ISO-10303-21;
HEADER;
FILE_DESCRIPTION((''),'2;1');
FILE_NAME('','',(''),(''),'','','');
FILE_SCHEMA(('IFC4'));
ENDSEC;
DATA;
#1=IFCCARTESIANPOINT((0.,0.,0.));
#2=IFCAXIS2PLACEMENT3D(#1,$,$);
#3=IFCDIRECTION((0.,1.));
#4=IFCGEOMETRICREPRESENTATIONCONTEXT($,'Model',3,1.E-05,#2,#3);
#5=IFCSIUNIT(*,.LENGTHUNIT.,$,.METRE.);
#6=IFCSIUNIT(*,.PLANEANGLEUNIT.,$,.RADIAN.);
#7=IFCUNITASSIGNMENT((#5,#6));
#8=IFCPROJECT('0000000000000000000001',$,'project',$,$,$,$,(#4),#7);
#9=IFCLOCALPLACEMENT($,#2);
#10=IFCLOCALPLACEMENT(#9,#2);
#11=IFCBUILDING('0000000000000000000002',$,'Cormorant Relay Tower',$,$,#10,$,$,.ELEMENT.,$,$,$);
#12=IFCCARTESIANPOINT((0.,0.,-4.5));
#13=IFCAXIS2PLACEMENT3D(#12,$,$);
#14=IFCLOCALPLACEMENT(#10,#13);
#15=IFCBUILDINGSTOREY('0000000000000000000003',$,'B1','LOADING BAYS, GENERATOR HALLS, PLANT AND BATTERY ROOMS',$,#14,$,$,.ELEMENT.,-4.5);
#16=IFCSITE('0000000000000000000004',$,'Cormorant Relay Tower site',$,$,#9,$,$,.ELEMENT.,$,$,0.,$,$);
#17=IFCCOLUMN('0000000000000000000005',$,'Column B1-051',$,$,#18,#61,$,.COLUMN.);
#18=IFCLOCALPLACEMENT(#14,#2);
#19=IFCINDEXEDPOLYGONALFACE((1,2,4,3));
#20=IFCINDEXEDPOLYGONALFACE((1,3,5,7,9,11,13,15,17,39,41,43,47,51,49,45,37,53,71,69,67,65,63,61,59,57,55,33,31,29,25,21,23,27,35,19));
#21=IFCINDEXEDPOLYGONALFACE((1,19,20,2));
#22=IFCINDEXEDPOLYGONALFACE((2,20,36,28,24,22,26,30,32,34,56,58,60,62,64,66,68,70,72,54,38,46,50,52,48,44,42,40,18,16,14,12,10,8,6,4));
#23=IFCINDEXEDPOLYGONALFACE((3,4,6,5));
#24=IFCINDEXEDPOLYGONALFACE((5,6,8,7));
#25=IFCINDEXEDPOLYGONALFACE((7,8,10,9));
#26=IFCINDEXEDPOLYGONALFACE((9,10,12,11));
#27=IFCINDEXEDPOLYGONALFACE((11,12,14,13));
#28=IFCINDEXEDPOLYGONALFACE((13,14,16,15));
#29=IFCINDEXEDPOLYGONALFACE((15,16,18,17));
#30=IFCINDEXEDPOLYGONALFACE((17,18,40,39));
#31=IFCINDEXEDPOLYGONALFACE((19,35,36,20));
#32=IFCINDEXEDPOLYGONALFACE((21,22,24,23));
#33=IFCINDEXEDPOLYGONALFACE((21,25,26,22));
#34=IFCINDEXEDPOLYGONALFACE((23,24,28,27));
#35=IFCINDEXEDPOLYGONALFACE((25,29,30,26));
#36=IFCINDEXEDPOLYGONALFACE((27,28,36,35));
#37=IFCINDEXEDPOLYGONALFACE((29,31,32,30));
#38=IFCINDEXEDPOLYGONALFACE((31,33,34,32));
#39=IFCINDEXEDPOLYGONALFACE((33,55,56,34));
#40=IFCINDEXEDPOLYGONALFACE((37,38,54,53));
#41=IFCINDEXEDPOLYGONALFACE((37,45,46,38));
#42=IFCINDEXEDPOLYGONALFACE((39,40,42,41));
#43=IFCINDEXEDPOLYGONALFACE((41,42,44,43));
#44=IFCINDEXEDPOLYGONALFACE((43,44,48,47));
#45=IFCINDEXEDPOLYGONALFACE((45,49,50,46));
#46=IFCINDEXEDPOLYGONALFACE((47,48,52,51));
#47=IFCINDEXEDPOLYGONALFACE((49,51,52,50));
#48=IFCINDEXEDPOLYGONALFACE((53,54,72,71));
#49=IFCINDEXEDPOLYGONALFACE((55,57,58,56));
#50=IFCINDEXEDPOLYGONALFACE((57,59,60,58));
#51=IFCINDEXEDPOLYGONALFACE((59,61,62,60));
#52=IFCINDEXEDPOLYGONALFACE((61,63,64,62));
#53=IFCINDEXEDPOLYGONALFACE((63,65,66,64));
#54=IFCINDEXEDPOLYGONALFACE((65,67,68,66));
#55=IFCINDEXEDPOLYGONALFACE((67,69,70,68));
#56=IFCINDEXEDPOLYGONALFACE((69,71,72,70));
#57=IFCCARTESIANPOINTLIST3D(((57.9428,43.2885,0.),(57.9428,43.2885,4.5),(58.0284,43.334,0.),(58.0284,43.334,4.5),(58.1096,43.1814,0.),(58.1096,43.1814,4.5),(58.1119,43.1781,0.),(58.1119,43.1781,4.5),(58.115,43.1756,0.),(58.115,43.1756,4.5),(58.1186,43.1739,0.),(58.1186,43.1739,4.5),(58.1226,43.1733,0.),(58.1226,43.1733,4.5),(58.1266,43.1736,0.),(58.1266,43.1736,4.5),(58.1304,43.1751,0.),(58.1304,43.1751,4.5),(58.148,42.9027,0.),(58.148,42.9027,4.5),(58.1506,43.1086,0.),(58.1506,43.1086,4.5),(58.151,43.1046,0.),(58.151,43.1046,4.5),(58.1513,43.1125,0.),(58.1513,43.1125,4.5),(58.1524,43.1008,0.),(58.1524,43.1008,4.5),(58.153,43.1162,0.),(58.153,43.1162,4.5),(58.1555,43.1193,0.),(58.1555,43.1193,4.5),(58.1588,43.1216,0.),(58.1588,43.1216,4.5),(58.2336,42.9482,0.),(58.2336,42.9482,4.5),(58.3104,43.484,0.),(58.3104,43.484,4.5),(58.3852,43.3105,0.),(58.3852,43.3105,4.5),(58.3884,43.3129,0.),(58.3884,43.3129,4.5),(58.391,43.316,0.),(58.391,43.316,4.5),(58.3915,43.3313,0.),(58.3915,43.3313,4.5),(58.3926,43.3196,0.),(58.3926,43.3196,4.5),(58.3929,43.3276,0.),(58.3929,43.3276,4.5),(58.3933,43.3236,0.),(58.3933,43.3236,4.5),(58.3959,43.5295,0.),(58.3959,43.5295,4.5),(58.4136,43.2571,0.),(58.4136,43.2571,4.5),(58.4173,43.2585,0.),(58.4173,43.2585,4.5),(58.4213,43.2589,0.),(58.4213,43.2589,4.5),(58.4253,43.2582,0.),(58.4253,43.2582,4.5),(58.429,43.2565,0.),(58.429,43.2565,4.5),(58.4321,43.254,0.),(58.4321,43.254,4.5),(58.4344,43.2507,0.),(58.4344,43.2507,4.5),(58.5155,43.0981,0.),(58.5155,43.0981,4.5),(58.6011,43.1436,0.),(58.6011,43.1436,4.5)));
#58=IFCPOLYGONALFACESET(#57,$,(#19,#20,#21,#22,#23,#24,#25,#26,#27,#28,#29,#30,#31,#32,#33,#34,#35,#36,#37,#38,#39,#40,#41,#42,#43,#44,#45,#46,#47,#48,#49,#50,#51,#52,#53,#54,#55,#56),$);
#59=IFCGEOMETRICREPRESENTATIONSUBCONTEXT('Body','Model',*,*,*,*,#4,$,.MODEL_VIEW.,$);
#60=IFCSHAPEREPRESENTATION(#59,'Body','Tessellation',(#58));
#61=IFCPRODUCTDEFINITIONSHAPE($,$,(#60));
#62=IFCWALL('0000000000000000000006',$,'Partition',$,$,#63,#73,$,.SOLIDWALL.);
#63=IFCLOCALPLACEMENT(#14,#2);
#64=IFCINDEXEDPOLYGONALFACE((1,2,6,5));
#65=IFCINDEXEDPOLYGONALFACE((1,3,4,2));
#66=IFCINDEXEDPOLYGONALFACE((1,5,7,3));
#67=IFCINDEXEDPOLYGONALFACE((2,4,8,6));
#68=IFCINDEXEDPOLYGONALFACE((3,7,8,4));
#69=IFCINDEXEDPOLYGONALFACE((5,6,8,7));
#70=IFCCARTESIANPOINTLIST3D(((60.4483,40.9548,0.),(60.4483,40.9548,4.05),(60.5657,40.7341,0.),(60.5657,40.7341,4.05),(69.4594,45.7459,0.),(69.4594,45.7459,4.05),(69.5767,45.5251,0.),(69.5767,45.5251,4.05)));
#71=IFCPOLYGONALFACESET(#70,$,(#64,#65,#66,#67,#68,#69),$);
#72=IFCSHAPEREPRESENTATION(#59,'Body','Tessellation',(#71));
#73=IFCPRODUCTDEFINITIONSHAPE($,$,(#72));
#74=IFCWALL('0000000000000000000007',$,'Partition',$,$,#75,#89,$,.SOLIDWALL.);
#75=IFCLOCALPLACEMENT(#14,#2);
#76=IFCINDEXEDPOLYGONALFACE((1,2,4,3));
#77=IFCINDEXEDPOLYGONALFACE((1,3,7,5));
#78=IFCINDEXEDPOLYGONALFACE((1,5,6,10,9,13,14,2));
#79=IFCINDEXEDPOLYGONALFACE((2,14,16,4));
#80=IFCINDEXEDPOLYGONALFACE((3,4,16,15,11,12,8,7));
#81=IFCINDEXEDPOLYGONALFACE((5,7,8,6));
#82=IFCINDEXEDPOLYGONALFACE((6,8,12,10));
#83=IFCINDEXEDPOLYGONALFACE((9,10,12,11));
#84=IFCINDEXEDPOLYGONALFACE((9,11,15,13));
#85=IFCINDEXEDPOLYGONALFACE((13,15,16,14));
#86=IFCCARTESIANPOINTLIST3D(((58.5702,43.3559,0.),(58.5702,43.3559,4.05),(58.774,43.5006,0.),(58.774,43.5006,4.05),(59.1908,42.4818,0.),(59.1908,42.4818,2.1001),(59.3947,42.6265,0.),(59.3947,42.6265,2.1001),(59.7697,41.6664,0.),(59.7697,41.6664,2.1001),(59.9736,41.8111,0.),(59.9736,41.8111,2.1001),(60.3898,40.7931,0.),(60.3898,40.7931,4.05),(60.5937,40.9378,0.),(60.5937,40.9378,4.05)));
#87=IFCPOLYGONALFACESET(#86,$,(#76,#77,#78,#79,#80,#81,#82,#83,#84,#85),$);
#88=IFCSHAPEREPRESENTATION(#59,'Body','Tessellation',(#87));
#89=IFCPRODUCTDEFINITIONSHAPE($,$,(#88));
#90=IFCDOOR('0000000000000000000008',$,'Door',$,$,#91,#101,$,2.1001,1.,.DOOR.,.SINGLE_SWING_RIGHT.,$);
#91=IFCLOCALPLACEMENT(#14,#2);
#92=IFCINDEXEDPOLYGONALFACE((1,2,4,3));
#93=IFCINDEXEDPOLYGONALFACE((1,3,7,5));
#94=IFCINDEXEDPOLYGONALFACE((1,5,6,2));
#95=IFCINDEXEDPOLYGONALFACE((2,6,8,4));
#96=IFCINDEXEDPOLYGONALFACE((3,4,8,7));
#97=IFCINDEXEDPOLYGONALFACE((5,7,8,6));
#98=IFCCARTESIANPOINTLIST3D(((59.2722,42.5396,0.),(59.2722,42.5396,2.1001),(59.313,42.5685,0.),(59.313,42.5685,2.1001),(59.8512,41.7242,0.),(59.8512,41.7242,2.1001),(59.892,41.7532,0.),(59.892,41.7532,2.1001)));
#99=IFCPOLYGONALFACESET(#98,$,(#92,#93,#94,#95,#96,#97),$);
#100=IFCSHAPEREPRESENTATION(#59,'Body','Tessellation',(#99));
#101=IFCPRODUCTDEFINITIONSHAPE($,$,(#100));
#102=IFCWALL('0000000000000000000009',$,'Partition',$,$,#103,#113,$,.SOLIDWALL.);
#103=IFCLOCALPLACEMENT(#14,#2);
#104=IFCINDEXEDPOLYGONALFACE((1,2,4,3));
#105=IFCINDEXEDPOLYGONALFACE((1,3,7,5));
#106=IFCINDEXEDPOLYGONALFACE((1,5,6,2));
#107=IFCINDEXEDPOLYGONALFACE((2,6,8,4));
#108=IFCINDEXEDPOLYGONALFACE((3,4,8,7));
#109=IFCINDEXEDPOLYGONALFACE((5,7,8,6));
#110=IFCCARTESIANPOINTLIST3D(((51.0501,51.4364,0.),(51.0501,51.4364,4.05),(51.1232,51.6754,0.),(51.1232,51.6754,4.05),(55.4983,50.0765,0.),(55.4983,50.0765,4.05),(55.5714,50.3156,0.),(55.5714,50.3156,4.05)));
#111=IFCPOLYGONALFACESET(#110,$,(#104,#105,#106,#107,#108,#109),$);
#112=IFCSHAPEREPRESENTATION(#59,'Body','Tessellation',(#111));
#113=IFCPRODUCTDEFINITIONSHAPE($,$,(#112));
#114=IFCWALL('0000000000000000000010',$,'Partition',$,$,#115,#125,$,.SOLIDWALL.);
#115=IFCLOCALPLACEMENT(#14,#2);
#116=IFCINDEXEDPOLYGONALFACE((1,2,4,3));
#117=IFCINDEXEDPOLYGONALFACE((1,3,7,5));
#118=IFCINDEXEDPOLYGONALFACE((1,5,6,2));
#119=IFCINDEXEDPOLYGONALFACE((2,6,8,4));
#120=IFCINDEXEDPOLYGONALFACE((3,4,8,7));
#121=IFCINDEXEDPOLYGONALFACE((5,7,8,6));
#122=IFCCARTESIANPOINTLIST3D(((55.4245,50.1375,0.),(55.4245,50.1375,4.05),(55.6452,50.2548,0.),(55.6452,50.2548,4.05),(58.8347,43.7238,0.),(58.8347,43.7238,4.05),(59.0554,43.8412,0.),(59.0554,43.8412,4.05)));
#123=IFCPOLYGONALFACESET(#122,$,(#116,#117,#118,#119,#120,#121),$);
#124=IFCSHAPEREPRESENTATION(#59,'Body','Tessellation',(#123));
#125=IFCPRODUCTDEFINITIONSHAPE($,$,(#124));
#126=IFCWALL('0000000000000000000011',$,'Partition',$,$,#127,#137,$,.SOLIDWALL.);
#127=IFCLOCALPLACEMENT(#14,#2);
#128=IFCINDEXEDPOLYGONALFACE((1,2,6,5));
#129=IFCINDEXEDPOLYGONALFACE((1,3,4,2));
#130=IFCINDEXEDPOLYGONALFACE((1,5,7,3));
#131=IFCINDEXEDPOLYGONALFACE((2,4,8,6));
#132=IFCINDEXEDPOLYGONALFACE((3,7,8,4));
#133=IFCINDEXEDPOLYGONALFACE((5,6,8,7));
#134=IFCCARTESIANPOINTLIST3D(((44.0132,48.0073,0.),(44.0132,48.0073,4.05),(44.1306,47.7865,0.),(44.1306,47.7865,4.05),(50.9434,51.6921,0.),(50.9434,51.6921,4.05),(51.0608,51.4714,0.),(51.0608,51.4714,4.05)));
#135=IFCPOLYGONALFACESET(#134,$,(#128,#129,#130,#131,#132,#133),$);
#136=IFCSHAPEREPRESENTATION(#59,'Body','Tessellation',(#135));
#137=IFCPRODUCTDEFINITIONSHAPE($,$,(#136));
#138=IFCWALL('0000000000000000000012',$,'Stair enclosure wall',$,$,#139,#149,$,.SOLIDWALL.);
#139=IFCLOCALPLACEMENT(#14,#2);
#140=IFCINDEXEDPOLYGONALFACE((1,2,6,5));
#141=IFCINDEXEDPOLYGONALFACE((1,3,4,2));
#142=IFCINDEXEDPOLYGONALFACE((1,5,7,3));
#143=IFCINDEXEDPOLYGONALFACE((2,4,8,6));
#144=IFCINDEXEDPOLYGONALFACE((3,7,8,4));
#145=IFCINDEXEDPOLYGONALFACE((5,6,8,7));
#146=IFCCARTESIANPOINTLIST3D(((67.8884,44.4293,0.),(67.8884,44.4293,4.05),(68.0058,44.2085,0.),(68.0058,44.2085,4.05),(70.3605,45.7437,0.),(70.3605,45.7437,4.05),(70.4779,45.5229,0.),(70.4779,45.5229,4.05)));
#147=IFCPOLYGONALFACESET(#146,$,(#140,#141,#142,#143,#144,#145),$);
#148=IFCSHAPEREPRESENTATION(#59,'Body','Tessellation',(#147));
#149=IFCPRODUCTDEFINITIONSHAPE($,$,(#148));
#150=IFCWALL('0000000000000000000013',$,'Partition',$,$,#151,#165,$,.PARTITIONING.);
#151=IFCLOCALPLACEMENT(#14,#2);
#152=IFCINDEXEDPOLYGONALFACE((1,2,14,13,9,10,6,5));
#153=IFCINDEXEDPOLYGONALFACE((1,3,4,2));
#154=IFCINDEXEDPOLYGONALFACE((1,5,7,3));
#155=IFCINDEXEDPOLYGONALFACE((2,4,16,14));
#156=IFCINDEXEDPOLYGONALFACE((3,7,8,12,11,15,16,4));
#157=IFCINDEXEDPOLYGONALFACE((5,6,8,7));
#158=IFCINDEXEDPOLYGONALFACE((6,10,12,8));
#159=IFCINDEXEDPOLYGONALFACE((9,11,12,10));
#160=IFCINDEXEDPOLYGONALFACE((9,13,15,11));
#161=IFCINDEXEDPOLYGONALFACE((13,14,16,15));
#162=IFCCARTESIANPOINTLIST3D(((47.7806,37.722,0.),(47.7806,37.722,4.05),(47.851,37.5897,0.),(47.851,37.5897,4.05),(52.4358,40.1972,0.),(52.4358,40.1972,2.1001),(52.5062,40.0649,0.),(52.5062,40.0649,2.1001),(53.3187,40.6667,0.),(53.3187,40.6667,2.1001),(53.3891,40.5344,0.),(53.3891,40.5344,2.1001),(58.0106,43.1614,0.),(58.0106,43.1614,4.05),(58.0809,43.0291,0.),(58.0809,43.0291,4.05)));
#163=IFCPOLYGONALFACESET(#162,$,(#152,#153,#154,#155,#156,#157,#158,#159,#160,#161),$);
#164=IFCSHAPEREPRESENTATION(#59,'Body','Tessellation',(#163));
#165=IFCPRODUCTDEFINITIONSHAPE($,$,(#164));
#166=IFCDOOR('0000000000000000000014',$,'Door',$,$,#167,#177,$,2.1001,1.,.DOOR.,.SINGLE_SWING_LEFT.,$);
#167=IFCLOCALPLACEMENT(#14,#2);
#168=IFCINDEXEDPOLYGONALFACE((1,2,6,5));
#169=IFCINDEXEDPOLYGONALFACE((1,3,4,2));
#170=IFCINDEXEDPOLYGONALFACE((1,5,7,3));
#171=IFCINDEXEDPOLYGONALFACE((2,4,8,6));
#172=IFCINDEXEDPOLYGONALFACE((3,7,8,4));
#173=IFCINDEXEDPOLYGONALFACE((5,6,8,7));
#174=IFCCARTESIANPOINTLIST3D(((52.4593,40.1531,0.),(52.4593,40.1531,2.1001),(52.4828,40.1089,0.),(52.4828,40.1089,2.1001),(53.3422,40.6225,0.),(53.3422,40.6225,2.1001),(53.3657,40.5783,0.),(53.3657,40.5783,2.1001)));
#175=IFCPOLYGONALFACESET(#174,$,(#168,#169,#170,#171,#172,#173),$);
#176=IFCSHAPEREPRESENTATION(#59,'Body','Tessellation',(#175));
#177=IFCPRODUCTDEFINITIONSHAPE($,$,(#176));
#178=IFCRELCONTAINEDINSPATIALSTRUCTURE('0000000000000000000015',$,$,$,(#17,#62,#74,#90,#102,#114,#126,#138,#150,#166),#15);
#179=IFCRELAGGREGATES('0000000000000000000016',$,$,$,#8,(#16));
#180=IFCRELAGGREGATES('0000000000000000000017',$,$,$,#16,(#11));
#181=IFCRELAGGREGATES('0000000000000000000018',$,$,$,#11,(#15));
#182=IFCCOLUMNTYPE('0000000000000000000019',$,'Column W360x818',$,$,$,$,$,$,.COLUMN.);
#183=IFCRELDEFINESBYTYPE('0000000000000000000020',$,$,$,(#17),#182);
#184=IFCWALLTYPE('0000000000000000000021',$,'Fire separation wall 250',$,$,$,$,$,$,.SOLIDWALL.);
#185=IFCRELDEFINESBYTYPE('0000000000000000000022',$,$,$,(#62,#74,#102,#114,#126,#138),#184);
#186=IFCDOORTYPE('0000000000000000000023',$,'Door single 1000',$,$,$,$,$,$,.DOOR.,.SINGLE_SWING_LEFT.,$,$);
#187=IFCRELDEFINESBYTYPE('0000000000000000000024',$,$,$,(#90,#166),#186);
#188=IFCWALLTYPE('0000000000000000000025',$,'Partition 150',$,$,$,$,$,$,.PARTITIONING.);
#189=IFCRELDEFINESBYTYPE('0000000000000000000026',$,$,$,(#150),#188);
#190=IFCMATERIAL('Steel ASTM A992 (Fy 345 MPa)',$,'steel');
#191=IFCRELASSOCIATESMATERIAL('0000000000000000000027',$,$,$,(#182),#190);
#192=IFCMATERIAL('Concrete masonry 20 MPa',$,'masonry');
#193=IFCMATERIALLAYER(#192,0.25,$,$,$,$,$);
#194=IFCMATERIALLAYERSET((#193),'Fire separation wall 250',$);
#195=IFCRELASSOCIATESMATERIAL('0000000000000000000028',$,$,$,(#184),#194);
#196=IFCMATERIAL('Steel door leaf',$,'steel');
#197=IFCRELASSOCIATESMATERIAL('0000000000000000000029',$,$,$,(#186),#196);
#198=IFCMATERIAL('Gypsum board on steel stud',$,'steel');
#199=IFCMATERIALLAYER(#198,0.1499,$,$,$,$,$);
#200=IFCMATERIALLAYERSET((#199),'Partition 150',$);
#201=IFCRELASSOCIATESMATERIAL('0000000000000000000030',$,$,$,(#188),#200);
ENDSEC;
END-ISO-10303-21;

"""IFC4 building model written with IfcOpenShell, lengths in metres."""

from ifc_helpers import new_model, si_unit, direction, frame, frame_2d, origin, origin_2d, place, context, subcontext, project, spatial, rectangle, i_section, extrude, material, layer, layer_set, material_profile, profile_set, type_object, element, fill, save


model = new_model("IFC4")

# Units and contexts
model_context = context("Model", 3, precision=1e-05, world=origin(), true_north=direction((0.0, 1.0)))
body_context = subcontext(model_context, "Body", "Model", "MODEL_VIEW")
ifc_project = project(units=[si_unit("LENGTHUNIT", "METRE"), si_unit("PLANEANGLEUNIT", "RADIAN")], contexts=[model_context])

# Site, building, storey
site_placement = place(None, origin())
site = spatial("IfcSite", under=ifc_project, at=site_placement, Name="Cormorant Relay Tower site", CompositionType="ELEMENT", RefElevation=0.0)
building_placement = place(site_placement, origin())
building = spatial("IfcBuilding", under=site, at=building_placement, Name="Cormorant Relay Tower", CompositionType="ELEMENT")
storey_placement = place(building_placement, frame((0.0, 0.0, -4.5)))
storey = spatial("IfcBuildingStorey", under=building, at=storey_placement, Name="B1", Description="LOADING BAYS, GENERATOR HALLS, PLANT AND BATTERY ROOMS", CompositionType="ELEMENT", Elevation=-4.5)

# Column
ifc_material_1 = material(Name="Steel ASTM A992 (Fy 345 MPa)", Category="steel")
ifc_material_profile_1 = material_profile(ifc_material_1, i_section(OverallWidth=0.437, OverallDepth=0.5132, WebThickness=0.0605, FlangeThickness=0.0969, FilletRadius=0.0154, at=origin_2d()), Name="W360x818")
ifc_profile_set_1 = profile_set([ifc_material_profile_1], Name="Steel ASTM A992 (Fy 345 MPa)")
column_type_1 = type_object("IfcColumnType", Name="Column W360x818", PredefinedType="COLUMN", material=ifc_profile_set_1)
column_placement = place(storey_placement, frame((58.272, 43.2161, 0.0), z_axis=(0.0, 0.0, 1.0), x_axis=(-0.469472, 0.882948, 0.0)))
element("IfcColumn", 1, at=column_placement, inside=storey, type_object=column_type_1, Name="Column B1-051", PredefinedType="COLUMN", context=body_context, shape_type="SweptSolid", body=[
    extrude(i_section(OverallWidth=0.437, OverallDepth=0.5132, WebThickness=0.0605, FlangeThickness=0.0969, FilletRadius=0.0154, at=origin_2d()), origin(), (0.0, 0.0, 1.0), 4.5),
])

# Wall
ifc_material_2 = material(Name="Concrete masonry 20 MPa", Category="masonry")
ifc_layer_1 = layer(ifc_material_2, 0.25)
ifc_layer_set_1 = layer_set([ifc_layer_1], Name="Fire separation wall 250")
wall_type_1 = type_object("IfcWallType", Name="Fire separation wall 250", PredefinedType="SOLIDWALL", material=ifc_layer_set_1)
wall_1_placement = place(storey_placement, frame((69.5181, 45.6355, 0.0), z_axis=(0.0, 0.0, 1.0), x_axis=(-0.882956, -0.469455, 0.0)))
element("IfcWall", 2, at=wall_1_placement, inside=storey, type_object=wall_type_1, Name="Partition", PredefinedType="SOLIDWALL", context=body_context, shape_type="SweptSolid", body=[
    extrude(rectangle(XDim=10.2056, YDim=0.25, at=frame_2d((5.1028, 0.0))), origin(), (0.0, 0.0, 1.0), 4.05),
])

# Wall, opening, door
wall_2_placement = place(storey_placement, frame((58.6721, 43.4282, 0.0), z_axis=(0.0, 0.0, 1.0), x_axis=(0.578929, -0.815378, 0.0)))
wall_2 = element("IfcWall", 3, at=wall_2_placement, inside=storey, type_object=wall_type_1, Name="Partition", PredefinedType="SOLIDWALL", context=body_context, shape_type="SweptSolid", body=[
    extrude(rectangle(XDim=3.1431, YDim=0.25, at=frame_2d((1.5715, 0.0))), origin(), (0.0, 0.0, 1.0), 4.05),
])
opening_1_placement = place(wall_2_placement, frame((1.072, 0.0, 0.0)))
opening_1 = element("IfcOpeningElement", 4, at=opening_1_placement, cuts=wall_2, PredefinedType="OPENING", context=body_context, shape_type="SweptSolid", body=[
    extrude(rectangle(XDim=1.0, YDim=2.1001, at=frame_2d((0.5, 1.05))), frame((0.0, 0.135, 0.0), z_axis=(0.0, -1.0, 0.0), x_axis=(1.0, 0.0, 0.0)), (0.0, 0.0, 1.0), 0.27),
])
ifc_material_3 = material(Name="Steel door leaf", Category="steel")
door_type = type_object("IfcDoorType", Name="Door single 1000", OperationType="SINGLE_SWING_LEFT", PredefinedType="DOOR", material=ifc_material_3)
door_1_placement = place(opening_1_placement, origin())
door_1 = element("IfcDoor", 5, at=door_1_placement, inside=storey, type_object=door_type, Name="Door", OperationType="SINGLE_SWING_RIGHT", OverallHeight=2.1001, OverallWidth=1.0, PredefinedType="DOOR", context=body_context, shape_type="SweptSolid", body=[
    extrude(rectangle(XDim=1.0, YDim=2.1001, at=frame_2d((0.5, 1.05))), frame((0.0, 0.0249, 0.0), z_axis=(0.0, -1.0, 0.0), x_axis=(1.0, 0.0, 0.0)), (0.0, 0.0, 1.0), 0.05),
])
fill(opening_1, door_1)

# Walls
wall_3_placement = place(storey_placement, frame((51.0867, 51.5559, 0.0), z_axis=(0.0, 0.0, 1.0), x_axis=(0.956311, -0.292352, 0.0)))
element("IfcWall", 6, at=wall_3_placement, inside=storey, type_object=wall_type_1, Name="Partition", PredefinedType="SOLIDWALL", context=body_context, shape_type="SweptSolid", body=[
    extrude(rectangle(XDim=4.6514, YDim=0.25, at=frame_2d((2.3257, 0.0))), origin(), (0.0, 0.0, 1.0), 4.05),
])
wall_4_placement = place(storey_placement, frame((55.5349, 50.196, 0.0), z_axis=(0.0, 0.0, 1.0), x_axis=(0.469471, -0.882948, 0.0)))
element("IfcWall", 7, at=wall_4_placement, inside=storey, type_object=wall_type_1, Name="Partition", PredefinedType="SOLIDWALL", context=body_context, shape_type="SweptSolid", body=[
    extrude(rectangle(XDim=7.2639, YDim=0.25, at=frame_2d((3.6318, 0.0))), origin(), (0.0, 0.0, 1.0), 4.05),
])
wall_5_placement = place(storey_placement, frame((44.072, 47.897, 0.0), z_axis=(0.0, 0.0, 1.0), x_axis=(0.882949, 0.469469, 0.0)))
element("IfcWall", 8, at=wall_5_placement, inside=storey, type_object=wall_type_1, Name="Partition", PredefinedType="SOLIDWALL", context=body_context, shape_type="SweptSolid", body=[
    extrude(rectangle(XDim=7.8489, YDim=0.25, at=frame_2d((3.9243, 0.0))), origin(), (0.0, 0.0, 1.0), 4.05),
])
wall_6_placement = place(storey_placement, frame((70.4192, 45.6333, 0.0), z_axis=(0.0, 0.0, 1.0), x_axis=(-0.882951, -0.469465, 0.0)))
element("IfcWall", 9, at=wall_6_placement, inside=storey, type_object=wall_type_1, Name="Stair enclosure wall", PredefinedType="SOLIDWALL", context=body_context, shape_type="SweptSolid", body=[
    extrude(rectangle(XDim=2.7998, YDim=0.25, at=frame_2d((1.3999, 0.0))), origin(), (0.0, 0.0, 1.0), 4.05),
])

# Wall, opening, door
ifc_material_4 = material(Name="Gypsum board on steel stud", Category="steel")
ifc_layer_2 = layer(ifc_material_4, 0.1499)
ifc_layer_set_2 = layer_set([ifc_layer_2], Name="Partition 150")
wall_type_2 = type_object("IfcWallType", Name="Partition 150", PredefinedType="PARTITIONING", material=ifc_layer_set_2)
wall_7_placement = place(storey_placement, frame((58.0457, 43.0952, 0.0), z_axis=(0.0, 0.0, 1.0), x_axis=(-0.882945, -0.469477, 0.0)))
wall_7 = element("IfcWall", 10, at=wall_7_placement, inside=storey, type_object=wall_type_2, Name="Partition", PredefinedType="PARTITIONING", context=body_context, shape_type="SweptSolid", body=[
    extrude(rectangle(XDim=11.5862, YDim=0.1499, at=frame_2d((5.793, 0.0))), origin(), (0.0, 0.0, 1.0), 4.05),
])
opening_2_placement = place(wall_7_placement, frame((5.3137, 0.0, 0.0)))
opening_2 = element("IfcOpeningElement", 11, at=opening_2_placement, cuts=wall_7, PredefinedType="OPENING", context=body_context, shape_type="SweptSolid", body=[
    extrude(rectangle(XDim=1.0, YDim=2.1001, at=frame_2d((0.5, 1.05))), frame((0.0, 0.085, 0.0), z_axis=(0.0, -1.0, 0.0), x_axis=(1.0, 0.0, 0.0)), (0.0, 0.0, 1.0), 0.1699),
])
door_2_placement = place(opening_2_placement, frame((1.0, 0.0, 0.0), z_axis=(0.0, 0.0, 1.0), x_axis=(-1.0, 0.0, 0.0)))
door_2 = element("IfcDoor", 12, at=door_2_placement, inside=storey, type_object=door_type, Name="Door", OperationType="SINGLE_SWING_LEFT", OverallHeight=2.1001, OverallWidth=1.0, PredefinedType="DOOR", context=body_context, shape_type="SweptSolid", body=[
    extrude(rectangle(XDim=1.0, YDim=2.1001, at=frame_2d((0.5, 1.05))), frame((0.0, 0.0249, 0.0), z_axis=(0.0, -1.0, 0.0), x_axis=(1.0, 0.0, 0.0)), (0.0, 0.0, 1.0), 0.05),
])
fill(opening_2, door_2)

save(model, "model.ifc")
